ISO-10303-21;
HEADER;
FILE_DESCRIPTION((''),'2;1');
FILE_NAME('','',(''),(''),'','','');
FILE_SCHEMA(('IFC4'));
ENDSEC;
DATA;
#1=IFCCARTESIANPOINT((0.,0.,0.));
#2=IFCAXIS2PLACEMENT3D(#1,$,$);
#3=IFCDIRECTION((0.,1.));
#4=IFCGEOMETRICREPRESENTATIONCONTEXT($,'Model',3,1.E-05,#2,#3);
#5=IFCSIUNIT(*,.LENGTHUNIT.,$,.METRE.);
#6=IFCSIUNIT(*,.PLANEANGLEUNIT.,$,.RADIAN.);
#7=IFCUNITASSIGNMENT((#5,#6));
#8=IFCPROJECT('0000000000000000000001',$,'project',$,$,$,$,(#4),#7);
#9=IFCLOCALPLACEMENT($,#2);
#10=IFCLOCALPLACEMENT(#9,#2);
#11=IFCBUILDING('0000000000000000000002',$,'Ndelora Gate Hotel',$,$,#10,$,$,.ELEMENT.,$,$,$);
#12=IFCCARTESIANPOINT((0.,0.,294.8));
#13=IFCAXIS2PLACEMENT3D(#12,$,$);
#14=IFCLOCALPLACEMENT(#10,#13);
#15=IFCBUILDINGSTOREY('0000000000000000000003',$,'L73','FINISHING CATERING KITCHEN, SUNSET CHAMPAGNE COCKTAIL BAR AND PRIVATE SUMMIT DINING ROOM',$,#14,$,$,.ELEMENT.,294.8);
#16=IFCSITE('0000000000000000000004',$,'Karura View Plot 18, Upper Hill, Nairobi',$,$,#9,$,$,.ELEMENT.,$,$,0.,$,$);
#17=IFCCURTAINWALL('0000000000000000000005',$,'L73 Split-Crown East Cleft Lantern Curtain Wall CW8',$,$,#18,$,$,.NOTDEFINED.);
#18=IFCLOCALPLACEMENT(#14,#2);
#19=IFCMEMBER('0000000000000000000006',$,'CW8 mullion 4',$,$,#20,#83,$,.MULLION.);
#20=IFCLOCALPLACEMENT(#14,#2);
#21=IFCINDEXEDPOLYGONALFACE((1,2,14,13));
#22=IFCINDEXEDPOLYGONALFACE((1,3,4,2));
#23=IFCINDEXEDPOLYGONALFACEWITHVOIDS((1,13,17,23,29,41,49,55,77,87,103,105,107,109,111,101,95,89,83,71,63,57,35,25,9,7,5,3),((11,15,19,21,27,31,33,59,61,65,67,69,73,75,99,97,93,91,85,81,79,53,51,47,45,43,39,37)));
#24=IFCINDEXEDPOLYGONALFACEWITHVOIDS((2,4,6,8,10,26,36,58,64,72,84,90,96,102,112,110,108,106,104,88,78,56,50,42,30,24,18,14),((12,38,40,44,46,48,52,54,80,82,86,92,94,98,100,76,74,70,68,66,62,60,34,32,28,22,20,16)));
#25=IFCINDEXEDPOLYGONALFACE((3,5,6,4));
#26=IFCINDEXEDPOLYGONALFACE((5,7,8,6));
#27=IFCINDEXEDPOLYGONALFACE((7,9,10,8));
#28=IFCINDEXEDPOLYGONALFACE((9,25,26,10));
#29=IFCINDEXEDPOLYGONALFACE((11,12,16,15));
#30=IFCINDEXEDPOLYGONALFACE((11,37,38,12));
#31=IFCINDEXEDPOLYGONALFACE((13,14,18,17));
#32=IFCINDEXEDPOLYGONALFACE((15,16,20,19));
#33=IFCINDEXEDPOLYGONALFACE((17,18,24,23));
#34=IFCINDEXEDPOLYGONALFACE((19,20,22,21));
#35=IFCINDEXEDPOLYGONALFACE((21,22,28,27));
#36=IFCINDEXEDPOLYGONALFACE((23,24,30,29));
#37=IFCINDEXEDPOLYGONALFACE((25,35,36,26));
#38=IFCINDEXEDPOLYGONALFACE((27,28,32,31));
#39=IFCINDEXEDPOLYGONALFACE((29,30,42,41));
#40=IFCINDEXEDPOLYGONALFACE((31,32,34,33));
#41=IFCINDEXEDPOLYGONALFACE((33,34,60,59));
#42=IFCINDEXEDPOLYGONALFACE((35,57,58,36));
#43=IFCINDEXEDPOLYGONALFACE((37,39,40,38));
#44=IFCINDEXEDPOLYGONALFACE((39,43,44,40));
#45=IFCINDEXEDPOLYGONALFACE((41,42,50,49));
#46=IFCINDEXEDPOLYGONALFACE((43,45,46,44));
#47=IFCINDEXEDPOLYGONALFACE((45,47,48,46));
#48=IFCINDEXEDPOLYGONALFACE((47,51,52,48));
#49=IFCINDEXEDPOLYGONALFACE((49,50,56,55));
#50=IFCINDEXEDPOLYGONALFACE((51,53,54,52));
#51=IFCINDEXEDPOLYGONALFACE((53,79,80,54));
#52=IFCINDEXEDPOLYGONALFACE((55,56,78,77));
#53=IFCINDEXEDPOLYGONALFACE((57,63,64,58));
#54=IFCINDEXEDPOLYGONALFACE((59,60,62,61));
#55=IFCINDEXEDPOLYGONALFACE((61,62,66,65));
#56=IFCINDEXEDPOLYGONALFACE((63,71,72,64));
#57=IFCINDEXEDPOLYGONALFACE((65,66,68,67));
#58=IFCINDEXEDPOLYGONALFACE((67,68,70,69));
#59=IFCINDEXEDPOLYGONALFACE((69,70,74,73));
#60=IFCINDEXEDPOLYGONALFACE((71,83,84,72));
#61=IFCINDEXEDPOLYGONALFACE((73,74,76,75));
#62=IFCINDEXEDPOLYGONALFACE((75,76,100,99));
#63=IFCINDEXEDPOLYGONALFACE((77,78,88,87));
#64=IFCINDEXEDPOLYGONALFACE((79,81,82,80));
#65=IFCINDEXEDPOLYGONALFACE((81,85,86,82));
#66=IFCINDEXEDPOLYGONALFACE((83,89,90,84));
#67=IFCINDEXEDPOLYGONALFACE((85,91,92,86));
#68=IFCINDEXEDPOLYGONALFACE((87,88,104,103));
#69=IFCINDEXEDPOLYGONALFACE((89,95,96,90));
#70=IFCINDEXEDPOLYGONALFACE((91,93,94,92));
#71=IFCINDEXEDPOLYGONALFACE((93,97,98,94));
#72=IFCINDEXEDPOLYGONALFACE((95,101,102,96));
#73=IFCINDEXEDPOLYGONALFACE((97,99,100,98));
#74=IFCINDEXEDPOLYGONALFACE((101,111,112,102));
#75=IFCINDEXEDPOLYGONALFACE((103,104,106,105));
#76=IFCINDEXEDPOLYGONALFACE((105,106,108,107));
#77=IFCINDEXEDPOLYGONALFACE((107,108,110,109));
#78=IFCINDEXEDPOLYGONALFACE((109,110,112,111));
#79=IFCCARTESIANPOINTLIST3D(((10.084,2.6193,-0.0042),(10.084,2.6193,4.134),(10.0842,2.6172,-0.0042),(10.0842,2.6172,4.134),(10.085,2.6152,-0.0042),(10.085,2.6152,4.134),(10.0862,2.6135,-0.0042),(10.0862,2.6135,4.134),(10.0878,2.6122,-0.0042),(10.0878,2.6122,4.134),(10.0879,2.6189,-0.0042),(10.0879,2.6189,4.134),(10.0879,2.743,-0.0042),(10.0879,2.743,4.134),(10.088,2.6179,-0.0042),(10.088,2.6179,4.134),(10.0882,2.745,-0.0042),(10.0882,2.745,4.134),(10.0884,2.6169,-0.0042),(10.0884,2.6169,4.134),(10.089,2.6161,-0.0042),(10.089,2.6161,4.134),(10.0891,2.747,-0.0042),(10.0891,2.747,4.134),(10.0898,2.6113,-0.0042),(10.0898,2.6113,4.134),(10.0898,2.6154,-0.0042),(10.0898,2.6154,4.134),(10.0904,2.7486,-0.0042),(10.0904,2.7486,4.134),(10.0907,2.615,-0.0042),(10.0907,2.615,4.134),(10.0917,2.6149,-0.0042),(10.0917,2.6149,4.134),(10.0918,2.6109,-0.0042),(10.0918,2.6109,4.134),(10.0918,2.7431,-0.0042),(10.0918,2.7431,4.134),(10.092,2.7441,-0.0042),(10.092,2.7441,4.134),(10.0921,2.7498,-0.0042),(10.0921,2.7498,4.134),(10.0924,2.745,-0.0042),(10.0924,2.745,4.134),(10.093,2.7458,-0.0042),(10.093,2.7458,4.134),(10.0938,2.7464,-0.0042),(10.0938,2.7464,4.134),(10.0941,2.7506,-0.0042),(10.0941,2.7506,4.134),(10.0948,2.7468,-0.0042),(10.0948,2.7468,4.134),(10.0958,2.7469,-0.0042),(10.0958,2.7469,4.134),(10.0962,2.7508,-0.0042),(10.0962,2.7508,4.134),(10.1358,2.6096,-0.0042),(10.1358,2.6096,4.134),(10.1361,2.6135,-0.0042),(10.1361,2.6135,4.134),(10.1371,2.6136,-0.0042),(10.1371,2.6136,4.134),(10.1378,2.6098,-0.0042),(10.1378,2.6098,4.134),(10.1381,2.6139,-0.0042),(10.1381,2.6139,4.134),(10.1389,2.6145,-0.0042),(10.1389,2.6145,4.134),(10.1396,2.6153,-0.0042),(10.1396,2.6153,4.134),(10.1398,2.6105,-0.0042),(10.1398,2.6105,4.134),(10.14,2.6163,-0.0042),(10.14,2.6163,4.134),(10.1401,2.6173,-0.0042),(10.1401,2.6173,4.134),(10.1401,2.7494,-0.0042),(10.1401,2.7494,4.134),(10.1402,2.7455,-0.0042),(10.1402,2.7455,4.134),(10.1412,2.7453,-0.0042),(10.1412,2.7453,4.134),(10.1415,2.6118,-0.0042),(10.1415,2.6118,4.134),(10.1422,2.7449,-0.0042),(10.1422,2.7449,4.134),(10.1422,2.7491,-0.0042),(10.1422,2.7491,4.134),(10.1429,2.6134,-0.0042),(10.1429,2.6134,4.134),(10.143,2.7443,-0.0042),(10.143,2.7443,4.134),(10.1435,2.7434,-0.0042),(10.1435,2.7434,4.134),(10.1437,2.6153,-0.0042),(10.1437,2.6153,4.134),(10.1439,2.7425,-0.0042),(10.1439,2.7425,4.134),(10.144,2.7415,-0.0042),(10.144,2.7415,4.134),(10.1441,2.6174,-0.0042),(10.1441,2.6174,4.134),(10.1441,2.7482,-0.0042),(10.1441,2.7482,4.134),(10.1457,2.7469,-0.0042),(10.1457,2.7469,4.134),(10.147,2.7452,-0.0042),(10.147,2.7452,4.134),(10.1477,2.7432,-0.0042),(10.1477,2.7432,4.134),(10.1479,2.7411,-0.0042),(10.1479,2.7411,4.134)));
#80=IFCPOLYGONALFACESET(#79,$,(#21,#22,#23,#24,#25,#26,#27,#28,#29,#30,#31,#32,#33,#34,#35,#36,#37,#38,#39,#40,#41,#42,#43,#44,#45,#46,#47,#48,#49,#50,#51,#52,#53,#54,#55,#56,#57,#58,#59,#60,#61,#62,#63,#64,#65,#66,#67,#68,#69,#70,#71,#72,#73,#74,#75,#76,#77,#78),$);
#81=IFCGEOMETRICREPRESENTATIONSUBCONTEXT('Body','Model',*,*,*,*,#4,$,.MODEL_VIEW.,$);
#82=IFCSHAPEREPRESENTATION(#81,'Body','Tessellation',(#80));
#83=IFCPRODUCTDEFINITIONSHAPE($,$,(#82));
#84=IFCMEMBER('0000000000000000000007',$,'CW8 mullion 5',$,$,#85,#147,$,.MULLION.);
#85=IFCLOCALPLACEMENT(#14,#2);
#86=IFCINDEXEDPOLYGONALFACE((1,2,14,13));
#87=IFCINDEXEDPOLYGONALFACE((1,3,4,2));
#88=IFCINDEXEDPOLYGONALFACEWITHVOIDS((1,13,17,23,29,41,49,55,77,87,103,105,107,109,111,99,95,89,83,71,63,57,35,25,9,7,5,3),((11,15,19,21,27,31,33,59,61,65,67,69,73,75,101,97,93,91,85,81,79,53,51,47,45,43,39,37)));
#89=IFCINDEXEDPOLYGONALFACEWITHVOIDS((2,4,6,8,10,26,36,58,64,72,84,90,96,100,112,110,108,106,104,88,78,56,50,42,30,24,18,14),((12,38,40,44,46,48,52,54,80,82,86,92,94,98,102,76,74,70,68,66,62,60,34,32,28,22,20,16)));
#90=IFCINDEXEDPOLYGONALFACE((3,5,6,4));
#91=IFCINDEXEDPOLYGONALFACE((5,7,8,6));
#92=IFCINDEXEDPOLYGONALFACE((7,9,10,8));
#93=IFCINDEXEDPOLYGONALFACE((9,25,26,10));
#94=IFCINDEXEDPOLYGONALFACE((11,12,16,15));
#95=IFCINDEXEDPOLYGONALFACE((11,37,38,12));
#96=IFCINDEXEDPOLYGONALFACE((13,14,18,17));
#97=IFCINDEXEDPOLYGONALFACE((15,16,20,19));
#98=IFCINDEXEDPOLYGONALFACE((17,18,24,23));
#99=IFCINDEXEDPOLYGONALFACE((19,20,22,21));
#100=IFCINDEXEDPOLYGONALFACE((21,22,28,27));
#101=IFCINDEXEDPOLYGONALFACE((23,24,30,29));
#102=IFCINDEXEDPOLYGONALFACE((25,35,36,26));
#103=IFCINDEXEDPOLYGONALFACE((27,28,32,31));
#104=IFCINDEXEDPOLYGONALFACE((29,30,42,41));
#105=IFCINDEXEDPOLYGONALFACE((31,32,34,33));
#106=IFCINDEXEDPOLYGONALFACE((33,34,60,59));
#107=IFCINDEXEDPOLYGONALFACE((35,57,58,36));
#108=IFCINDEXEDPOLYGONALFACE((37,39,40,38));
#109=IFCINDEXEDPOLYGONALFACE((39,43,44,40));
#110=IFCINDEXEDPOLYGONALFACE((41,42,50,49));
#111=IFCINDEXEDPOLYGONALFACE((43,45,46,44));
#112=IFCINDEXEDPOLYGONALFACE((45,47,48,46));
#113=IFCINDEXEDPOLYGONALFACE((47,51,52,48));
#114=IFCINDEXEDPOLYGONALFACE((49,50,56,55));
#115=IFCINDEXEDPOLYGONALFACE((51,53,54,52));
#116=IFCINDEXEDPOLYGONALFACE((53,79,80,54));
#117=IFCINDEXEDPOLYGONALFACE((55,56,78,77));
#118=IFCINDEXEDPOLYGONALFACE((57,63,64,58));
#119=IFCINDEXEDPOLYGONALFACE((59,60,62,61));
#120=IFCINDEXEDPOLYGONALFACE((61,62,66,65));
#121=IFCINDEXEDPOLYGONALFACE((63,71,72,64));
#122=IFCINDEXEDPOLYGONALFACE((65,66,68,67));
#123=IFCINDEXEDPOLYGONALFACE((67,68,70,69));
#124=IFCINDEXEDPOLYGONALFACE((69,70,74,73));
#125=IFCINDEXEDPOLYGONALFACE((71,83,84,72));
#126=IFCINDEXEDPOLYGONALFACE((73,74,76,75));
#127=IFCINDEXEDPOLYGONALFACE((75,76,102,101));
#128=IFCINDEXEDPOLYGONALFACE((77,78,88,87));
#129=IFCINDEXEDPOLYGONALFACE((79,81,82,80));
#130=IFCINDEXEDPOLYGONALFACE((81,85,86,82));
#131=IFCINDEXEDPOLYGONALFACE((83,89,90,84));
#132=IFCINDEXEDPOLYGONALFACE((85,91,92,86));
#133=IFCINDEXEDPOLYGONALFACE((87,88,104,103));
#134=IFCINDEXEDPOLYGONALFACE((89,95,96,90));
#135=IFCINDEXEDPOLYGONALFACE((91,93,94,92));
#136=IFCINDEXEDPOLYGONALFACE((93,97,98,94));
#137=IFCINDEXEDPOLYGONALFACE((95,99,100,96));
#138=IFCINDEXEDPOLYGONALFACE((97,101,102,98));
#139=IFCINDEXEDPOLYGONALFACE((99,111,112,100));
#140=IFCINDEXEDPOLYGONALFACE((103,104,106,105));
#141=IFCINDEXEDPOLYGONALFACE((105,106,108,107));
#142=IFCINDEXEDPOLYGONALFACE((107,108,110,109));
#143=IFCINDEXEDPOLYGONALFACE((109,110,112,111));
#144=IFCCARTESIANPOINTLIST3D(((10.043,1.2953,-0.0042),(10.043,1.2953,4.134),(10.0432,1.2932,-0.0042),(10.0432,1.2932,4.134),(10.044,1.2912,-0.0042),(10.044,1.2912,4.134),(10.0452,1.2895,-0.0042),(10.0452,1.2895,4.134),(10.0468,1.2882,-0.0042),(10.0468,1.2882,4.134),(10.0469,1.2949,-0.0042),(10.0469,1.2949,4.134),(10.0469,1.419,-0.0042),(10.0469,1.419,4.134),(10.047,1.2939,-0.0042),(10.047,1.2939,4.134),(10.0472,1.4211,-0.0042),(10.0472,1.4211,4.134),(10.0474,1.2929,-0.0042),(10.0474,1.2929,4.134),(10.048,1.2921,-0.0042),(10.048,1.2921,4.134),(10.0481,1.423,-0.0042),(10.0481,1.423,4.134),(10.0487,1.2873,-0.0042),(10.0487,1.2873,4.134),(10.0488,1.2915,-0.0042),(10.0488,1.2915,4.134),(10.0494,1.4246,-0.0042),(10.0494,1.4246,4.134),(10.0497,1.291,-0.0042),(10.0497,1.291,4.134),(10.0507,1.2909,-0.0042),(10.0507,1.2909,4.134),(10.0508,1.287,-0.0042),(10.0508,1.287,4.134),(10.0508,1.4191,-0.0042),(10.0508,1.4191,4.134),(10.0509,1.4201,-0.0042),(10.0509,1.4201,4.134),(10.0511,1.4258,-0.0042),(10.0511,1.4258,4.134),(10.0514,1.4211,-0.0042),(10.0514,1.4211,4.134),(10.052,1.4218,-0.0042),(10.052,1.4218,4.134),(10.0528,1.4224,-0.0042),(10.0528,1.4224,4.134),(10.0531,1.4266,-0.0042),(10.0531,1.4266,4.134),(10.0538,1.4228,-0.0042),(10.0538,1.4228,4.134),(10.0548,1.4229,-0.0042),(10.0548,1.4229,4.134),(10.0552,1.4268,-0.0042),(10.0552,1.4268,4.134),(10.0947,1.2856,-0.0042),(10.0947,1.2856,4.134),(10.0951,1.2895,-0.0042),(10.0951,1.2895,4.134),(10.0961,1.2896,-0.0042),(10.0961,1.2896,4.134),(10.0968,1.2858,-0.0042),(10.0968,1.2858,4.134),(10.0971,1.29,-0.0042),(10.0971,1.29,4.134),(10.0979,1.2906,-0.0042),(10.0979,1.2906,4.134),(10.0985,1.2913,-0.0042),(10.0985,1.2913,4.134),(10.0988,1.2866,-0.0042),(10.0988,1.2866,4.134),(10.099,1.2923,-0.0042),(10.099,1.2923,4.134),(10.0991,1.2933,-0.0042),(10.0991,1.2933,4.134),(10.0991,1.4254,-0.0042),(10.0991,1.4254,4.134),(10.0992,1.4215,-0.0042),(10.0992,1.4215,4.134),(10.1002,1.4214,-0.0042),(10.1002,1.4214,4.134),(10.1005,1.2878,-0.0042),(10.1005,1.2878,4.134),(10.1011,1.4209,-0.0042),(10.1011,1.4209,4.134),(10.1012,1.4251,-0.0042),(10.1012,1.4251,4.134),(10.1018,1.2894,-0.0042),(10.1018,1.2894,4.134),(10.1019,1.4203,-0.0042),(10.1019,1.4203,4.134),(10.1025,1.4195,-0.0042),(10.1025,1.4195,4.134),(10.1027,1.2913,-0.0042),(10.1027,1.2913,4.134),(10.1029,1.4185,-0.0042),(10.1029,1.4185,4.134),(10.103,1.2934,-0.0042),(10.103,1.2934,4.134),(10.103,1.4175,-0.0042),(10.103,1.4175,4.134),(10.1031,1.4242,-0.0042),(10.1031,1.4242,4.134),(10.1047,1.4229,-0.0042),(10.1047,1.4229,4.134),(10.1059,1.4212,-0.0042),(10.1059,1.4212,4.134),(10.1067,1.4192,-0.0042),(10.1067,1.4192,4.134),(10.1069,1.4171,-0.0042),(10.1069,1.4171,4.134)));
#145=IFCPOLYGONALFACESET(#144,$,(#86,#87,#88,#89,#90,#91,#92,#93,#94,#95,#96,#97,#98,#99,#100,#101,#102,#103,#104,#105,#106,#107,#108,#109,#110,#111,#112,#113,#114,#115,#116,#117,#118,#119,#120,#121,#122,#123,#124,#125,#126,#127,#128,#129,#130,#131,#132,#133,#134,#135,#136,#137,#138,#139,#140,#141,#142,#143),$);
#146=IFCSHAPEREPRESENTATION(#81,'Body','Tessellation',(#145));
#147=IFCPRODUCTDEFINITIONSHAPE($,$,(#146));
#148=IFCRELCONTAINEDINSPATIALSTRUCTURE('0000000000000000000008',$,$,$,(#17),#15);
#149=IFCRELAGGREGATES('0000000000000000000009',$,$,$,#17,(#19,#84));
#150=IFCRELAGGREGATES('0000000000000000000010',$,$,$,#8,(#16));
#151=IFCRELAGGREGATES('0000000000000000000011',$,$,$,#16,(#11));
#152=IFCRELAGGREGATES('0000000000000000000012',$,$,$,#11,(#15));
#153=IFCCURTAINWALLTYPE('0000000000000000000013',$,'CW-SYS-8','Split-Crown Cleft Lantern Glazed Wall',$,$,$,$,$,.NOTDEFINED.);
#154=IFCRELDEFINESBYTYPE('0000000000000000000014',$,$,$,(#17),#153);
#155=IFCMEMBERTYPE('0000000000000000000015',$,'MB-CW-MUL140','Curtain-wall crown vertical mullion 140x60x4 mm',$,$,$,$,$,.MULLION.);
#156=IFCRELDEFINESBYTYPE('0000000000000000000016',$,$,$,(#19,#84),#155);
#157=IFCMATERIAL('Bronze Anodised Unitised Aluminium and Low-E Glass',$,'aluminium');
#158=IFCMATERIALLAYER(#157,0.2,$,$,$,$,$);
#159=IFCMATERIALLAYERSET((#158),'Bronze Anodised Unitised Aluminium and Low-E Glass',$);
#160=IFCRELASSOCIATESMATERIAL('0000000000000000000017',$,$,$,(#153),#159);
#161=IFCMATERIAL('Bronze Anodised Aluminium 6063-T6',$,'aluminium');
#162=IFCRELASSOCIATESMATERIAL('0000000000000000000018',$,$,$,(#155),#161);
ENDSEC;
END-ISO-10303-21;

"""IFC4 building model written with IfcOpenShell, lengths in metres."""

from ifc_helpers import new_model, si_unit, direction, frame, origin, origin_2d, place, context, subcontext, project, spatial, hollow_rectangle, extrude, material, layer, layer_set, material_profile, profile_set, type_object, element, aggregate, save


model = new_model("IFC4")

# Units and contexts
model_context = context("Model", 3, precision=1e-05, world=origin(), true_north=direction((0.0, 1.0)))
body_context = subcontext(model_context, "Body", "Model", "MODEL_VIEW")
ifc_project = project(units=[si_unit("LENGTHUNIT", "METRE"), si_unit("PLANEANGLEUNIT", "RADIAN")], contexts=[model_context])

# Site, building, storey
site_placement = place(None, origin())
site = spatial("IfcSite", under=ifc_project, at=site_placement, Name="Karura View Plot 18, Upper Hill, Nairobi", CompositionType="ELEMENT", RefElevation=0.0)
building_placement = place(site_placement, origin())
building = spatial("IfcBuilding", under=site, at=building_placement, Name="Ndelora Gate Hotel", CompositionType="ELEMENT")
storey_placement = place(building_placement, frame((0.0, 0.0, 294.8)))
storey = spatial("IfcBuildingStorey", under=building, at=storey_placement, Name="L73", Description="FINISHING CATERING KITCHEN, SUNSET CHAMPAGNE COCKTAIL BAR AND PRIVATE SUMMIT DINING ROOM", CompositionType="ELEMENT", Elevation=294.8)

# Curtain wall, members
ifc_material_1 = material(Name="Bronze Anodised Unitised Aluminium and Low-E Glass", Category="aluminium")
ifc_layer_1 = layer(ifc_material_1, 0.2)
ifc_layer_set_1 = layer_set([ifc_layer_1], Name="Bronze Anodised Unitised Aluminium and Low-E Glass")
curtain_wall_type = type_object("IfcCurtainWallType", Name="CW-SYS-8", Description="Split-Crown Cleft Lantern Glazed Wall", PredefinedType="NOTDEFINED", material=ifc_layer_set_1)
curtain_wall_placement = place(storey_placement, origin())
curtain_wall = element("IfcCurtainWall", 1, at=curtain_wall_placement, inside=storey, type_object=curtain_wall_type, Name="L73 Split-Crown East Cleft Lantern Curtain Wall CW8", PredefinedType="NOTDEFINED")
ifc_material_2 = material(Name="Bronze Anodised Aluminium 6063-T6", Category="aluminium")
ifc_material_profile_1 = material_profile(ifc_material_2, hollow_rectangle(XDim=0.0601, YDim=0.1399, WallThickness=0.0039, InnerFilletRadius=0.0039, OuterFilletRadius=0.0081, at=origin_2d()), Name="ALU 140x60x4")
ifc_profile_set_1 = profile_set([ifc_material_profile_1], Name="Bronze Anodised Aluminium 6063-T6")
member_type_1 = type_object("IfcMemberType", Name="MB-CW-MUL140", Description="Curtain-wall crown vertical mullion 140x60x4 mm", PredefinedType="MULLION", material=ifc_profile_set_1)
member_1_placement = place(storey_placement, frame((10.116, 2.6802, -0.0042), z_axis=(0.0, 0.0, 1.0), x_axis=(0.999515, -0.031131, 0.0)))
member_1 = element("IfcMember", 2, at=member_1_placement, type_object=member_type_1, Name="CW8 mullion 4", PredefinedType="MULLION", context=body_context, shape_type="SweptSolid", body=[
    extrude(hollow_rectangle(XDim=0.0601, YDim=0.1399, WallThickness=0.0039, InnerFilletRadius=0.0039, OuterFilletRadius=0.0081, at=origin_2d()), origin(), (0.0, 0.0, 1.0), 4.1382),
])
member_2_placement = place(storey_placement, frame((10.075, 1.3562, -0.0042), z_axis=(0.0, 0.0, 1.0), x_axis=(0.999515, -0.031131, 0.0)))
member_2 = element("IfcMember", 3, at=member_2_placement, type_object=member_type_1, Name="CW8 mullion 5", PredefinedType="MULLION", context=body_context, shape_type="SweptSolid", body=[
    extrude(hollow_rectangle(XDim=0.0601, YDim=0.1399, WallThickness=0.0039, InnerFilletRadius=0.0039, OuterFilletRadius=0.0081, at=origin_2d()), origin(), (0.0, 0.0, 1.0), 4.1382),
])
aggregate(curtain_wall, [member_1, member_2])

save(model, "model.ifc")
